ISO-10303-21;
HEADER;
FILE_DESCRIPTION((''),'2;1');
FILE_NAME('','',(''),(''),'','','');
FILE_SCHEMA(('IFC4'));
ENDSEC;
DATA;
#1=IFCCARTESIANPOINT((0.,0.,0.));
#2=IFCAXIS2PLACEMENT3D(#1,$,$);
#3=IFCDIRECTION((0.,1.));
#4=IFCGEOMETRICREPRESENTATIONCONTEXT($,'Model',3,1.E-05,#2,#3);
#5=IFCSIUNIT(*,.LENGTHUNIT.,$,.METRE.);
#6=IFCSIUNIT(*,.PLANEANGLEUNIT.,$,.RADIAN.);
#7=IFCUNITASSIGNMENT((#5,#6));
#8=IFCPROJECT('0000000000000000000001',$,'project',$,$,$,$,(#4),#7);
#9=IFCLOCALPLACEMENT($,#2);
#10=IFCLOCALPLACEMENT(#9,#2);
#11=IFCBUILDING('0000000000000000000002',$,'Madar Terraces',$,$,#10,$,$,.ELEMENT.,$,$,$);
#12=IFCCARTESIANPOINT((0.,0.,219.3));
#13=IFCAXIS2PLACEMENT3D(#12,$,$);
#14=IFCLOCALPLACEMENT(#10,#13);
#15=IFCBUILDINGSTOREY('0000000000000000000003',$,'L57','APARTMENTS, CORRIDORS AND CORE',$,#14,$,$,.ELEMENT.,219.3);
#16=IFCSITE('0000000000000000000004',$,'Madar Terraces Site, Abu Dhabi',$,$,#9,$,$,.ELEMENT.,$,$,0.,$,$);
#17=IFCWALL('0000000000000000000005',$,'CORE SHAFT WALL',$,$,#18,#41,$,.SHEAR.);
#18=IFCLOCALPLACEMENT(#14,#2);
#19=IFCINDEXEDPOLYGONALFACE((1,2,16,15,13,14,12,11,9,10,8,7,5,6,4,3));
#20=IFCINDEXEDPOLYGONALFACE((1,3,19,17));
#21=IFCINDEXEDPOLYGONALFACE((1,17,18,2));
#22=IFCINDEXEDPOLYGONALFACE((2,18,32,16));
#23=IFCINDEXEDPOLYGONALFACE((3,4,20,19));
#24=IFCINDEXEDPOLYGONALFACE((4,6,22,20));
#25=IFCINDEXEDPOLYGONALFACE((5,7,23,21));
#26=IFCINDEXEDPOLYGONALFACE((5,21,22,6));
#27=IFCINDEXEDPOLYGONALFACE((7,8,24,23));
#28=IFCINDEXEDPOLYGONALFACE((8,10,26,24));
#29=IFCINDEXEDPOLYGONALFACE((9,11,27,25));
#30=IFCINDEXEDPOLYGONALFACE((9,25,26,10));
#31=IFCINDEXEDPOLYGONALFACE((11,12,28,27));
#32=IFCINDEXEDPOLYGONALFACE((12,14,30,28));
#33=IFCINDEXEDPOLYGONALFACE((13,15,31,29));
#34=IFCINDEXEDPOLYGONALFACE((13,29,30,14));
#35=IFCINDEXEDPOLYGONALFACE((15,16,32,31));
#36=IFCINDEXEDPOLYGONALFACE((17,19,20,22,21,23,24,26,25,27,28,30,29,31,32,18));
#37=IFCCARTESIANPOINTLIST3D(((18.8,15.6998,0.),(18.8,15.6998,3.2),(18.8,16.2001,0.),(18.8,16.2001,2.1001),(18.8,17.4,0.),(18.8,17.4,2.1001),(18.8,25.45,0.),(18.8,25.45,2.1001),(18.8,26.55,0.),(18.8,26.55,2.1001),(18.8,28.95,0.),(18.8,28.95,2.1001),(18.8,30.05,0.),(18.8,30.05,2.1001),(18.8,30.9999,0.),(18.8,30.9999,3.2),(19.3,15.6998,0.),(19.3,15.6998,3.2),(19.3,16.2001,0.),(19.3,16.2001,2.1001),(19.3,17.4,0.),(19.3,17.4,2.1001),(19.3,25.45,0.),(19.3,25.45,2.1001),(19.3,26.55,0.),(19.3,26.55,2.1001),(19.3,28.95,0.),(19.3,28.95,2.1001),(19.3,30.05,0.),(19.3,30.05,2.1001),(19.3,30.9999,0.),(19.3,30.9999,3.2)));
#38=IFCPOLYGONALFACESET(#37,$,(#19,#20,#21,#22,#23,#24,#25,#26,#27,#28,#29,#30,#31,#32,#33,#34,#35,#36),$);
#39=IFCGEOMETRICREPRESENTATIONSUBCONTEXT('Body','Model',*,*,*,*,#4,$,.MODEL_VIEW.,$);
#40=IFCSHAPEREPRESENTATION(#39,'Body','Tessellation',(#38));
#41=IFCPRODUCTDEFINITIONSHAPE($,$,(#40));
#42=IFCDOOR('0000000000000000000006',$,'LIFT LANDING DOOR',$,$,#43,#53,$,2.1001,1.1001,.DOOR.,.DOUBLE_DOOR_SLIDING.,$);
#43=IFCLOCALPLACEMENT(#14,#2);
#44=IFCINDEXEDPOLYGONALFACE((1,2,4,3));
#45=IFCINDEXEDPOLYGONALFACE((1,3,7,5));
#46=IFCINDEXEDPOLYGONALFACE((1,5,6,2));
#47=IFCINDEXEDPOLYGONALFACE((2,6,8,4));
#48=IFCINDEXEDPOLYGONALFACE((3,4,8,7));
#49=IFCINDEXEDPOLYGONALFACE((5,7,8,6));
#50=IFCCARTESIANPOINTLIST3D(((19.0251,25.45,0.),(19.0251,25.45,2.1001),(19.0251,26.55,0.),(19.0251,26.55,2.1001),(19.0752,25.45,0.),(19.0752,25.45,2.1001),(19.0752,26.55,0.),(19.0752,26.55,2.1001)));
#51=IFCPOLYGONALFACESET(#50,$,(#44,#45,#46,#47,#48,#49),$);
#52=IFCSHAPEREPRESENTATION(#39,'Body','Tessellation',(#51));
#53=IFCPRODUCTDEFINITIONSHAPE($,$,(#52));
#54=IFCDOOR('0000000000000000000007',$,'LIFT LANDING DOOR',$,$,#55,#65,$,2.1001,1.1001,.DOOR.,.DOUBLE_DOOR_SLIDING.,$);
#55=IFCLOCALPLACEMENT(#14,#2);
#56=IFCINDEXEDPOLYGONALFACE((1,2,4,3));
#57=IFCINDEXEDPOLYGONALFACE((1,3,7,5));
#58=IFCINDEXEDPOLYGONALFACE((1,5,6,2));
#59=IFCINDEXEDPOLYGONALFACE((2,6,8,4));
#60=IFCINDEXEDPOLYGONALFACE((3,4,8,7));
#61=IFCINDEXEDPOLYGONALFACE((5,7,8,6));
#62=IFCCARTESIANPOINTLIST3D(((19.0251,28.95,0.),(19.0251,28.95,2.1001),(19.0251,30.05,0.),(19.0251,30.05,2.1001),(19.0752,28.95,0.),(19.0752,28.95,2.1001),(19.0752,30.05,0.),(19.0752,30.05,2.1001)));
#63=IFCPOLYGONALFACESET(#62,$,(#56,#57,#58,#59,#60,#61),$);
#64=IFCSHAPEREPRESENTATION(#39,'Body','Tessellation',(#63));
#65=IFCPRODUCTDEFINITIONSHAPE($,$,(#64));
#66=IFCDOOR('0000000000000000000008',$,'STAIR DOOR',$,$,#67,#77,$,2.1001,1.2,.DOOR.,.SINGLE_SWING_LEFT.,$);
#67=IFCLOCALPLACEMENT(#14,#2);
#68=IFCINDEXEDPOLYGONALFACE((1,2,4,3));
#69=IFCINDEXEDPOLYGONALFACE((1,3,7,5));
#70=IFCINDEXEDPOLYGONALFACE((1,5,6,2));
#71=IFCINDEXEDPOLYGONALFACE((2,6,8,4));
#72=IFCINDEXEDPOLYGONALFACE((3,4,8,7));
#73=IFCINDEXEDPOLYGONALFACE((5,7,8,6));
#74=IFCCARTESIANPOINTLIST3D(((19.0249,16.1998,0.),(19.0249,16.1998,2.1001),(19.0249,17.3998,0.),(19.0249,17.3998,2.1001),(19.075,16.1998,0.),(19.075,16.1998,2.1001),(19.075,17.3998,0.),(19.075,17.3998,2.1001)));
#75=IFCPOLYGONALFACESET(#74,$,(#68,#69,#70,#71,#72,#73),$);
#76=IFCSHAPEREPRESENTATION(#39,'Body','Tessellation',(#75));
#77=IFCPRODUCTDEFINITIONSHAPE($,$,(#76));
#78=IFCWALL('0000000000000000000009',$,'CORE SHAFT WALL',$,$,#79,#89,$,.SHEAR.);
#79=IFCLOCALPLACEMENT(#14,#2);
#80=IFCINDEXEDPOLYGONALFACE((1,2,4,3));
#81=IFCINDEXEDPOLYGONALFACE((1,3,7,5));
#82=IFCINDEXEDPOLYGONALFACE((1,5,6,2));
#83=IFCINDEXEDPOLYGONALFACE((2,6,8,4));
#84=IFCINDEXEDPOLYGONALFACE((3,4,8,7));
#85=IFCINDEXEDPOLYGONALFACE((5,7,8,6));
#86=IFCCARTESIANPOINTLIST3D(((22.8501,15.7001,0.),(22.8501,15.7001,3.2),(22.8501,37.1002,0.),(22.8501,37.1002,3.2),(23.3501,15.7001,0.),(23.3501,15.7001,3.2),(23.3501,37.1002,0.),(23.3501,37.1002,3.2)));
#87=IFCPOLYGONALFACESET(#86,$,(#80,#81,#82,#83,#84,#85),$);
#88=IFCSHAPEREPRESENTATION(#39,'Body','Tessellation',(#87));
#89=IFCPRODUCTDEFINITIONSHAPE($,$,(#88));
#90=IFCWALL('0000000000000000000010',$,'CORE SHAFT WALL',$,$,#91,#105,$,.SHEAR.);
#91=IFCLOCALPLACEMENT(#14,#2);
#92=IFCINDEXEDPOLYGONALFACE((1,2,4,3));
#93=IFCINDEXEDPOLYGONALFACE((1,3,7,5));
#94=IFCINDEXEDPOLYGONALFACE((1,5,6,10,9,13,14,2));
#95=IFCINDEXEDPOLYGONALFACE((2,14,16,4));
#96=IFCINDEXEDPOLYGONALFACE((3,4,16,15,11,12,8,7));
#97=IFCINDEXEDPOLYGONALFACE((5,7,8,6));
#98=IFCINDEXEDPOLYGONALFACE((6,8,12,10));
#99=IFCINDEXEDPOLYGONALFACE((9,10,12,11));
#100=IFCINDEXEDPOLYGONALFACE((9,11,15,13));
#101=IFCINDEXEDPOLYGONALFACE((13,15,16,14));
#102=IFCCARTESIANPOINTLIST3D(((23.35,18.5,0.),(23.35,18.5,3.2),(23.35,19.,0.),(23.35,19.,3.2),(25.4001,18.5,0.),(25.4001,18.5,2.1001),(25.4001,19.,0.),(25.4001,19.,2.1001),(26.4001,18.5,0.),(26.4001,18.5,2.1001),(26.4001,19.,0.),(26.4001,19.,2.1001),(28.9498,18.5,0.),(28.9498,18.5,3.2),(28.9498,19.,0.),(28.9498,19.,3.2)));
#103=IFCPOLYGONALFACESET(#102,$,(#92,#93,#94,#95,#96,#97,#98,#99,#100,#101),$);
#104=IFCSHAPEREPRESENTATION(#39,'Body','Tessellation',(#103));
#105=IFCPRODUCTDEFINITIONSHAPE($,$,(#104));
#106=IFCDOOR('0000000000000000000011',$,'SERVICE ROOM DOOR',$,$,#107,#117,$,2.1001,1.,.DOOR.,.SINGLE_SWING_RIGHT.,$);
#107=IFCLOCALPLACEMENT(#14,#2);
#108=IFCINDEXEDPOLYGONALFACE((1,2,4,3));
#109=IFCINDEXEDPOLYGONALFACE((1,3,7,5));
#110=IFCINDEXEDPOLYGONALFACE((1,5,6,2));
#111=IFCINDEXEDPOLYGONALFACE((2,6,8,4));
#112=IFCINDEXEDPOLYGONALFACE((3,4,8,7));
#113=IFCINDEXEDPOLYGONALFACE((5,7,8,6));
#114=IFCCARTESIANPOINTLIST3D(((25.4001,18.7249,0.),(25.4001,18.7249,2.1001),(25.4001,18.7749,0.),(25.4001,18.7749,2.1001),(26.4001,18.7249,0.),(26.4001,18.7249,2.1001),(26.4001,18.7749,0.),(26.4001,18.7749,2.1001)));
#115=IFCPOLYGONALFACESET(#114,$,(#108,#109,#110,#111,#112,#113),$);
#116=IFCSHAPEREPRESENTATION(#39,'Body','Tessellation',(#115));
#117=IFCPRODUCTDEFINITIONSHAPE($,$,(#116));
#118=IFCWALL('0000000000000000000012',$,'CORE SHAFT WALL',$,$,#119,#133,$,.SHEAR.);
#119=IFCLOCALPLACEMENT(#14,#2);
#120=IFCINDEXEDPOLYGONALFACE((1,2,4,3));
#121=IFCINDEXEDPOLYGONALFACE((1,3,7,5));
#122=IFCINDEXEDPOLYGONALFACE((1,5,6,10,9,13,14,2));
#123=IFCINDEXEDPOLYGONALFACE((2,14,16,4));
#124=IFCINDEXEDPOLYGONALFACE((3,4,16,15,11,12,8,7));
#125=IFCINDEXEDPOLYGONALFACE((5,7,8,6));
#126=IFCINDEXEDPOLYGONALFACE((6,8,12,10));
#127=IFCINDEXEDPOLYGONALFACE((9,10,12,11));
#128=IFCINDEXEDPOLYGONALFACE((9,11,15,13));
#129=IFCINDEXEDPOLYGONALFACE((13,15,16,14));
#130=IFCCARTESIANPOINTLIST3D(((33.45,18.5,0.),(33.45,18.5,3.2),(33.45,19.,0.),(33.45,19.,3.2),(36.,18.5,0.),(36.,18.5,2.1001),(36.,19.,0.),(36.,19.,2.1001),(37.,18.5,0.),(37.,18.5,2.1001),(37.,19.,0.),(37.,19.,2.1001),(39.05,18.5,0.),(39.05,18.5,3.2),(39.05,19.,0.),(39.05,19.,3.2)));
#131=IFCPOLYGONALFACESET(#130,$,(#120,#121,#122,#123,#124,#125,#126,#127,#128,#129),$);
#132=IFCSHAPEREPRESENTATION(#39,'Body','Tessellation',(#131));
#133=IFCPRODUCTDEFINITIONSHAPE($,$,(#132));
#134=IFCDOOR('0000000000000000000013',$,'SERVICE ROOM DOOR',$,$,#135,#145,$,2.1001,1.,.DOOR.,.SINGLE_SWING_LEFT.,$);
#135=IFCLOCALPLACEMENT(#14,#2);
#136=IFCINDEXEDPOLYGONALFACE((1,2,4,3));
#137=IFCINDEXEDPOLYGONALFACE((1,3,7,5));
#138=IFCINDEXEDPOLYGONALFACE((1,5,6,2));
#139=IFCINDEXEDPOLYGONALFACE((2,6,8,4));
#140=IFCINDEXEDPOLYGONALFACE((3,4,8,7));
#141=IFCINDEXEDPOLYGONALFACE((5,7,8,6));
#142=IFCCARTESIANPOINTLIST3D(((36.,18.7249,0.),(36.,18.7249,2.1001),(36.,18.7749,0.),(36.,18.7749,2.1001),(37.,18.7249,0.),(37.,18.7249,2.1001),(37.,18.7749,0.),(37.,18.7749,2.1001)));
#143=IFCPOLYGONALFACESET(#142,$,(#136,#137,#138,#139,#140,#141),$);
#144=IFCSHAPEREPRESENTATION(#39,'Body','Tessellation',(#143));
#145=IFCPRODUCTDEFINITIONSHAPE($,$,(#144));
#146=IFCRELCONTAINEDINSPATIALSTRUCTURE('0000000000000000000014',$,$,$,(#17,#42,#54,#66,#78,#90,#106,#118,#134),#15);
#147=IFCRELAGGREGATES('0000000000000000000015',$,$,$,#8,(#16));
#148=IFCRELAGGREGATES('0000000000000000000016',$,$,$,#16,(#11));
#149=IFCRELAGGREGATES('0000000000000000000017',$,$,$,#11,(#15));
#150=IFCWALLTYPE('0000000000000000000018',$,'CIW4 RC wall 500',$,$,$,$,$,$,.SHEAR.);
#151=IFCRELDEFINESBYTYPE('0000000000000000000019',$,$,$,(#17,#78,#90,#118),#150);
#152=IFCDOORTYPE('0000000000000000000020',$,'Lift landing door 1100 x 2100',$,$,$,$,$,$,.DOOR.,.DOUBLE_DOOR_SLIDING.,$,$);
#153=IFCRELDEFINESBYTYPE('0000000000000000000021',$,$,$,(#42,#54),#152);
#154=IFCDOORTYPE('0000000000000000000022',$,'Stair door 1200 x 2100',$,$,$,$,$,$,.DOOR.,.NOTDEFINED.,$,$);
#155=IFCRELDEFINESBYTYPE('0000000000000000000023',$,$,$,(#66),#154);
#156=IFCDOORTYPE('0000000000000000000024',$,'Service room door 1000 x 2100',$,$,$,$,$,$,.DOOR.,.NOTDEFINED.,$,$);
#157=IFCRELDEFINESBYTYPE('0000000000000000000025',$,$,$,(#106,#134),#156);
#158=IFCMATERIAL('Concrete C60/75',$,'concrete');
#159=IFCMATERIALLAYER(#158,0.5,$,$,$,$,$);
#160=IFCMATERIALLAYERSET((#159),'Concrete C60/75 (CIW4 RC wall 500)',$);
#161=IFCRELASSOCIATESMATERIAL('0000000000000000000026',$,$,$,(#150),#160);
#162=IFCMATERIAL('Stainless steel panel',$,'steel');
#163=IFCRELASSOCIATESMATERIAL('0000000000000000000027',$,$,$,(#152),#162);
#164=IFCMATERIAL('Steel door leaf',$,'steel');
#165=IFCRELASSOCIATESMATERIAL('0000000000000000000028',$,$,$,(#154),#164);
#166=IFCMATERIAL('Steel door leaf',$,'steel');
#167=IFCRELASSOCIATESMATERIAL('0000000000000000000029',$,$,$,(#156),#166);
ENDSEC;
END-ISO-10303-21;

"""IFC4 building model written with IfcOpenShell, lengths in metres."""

from ifc_helpers import new_model, si_unit, direction, frame, frame_2d, origin, place, context, subcontext, project, spatial, rectangle, extrude, material, layer, layer_set, type_object, element, fill, save


model = new_model("IFC4")

# Units and contexts
model_context = context("Model", 3, precision=1e-05, world=origin(), true_north=direction((0.0, 1.0)))
body_context = subcontext(model_context, "Body", "Model", "MODEL_VIEW")
ifc_project = project(units=[si_unit("LENGTHUNIT", "METRE"), si_unit("PLANEANGLEUNIT", "RADIAN")], contexts=[model_context])

# Site, building, storey
site_placement = place(None, origin())
site = spatial("IfcSite", under=ifc_project, at=site_placement, Name="Madar Terraces Site, Abu Dhabi", CompositionType="ELEMENT", RefElevation=0.0)
building_placement = place(site_placement, origin())
building = spatial("IfcBuilding", under=site, at=building_placement, Name="Madar Terraces", CompositionType="ELEMENT")
storey_placement = place(building_placement, frame((0.0, 0.0, 219.3)))
storey = spatial("IfcBuildingStorey", under=building, at=storey_placement, Name="L57", Description="APARTMENTS, CORRIDORS AND CORE", CompositionType="ELEMENT", Elevation=219.3)

# Wall, openings, doors
ifc_material_1 = material(Name="Concrete C60/75", Category="concrete")
ifc_layer_1 = layer(ifc_material_1, 0.5)
ifc_layer_set_1 = layer_set([ifc_layer_1], Name="Concrete C60/75 (CIW4 RC wall 500)")
wall_type_1 = type_object("IfcWallType", Name="CIW4 RC wall 500", PredefinedType="SHEAR", material=ifc_layer_set_1)
wall_1_placement = place(storey_placement, frame((19.05, 15.7, 0.0), z_axis=(0.0, 0.0, 1.0), x_axis=(0.0, 1.0, 0.0)))
wall_1 = element("IfcWall", 1, at=wall_1_placement, inside=storey, type_object=wall_type_1, Name="CORE SHAFT WALL", PredefinedType="SHEAR", context=body_context, shape_type="SweptSolid", body=[
    extrude(rectangle(XDim=15.3, YDim=0.5, at=frame_2d((7.6499, 0.0))), origin(), (0.0, 0.0, 1.0), 3.2),
])
opening_1_placement = place(wall_1_placement, frame((9.75, 0.0, 0.0)))
opening_1 = element("IfcOpeningElement", 2, at=opening_1_placement, cuts=wall_1, PredefinedType="OPENING", context=body_context, shape_type="SweptSolid", body=[
    extrude(rectangle(XDim=1.1001, YDim=2.1001, at=frame_2d((0.55, 1.05))), frame((0.0, 0.26, 0.0), z_axis=(0.0, -1.0, 0.0), x_axis=(1.0, 0.0, 0.0)), (0.0, 0.0, 1.0), 0.52),
])
opening_2_placement = place(wall_1_placement, frame((13.25, 0.0, 0.0)))
opening_2 = element("IfcOpeningElement", 3, at=opening_2_placement, cuts=wall_1, PredefinedType="OPENING", context=body_context, shape_type="SweptSolid", body=[
    extrude(rectangle(XDim=1.1001, YDim=2.1001, at=frame_2d((0.55, 1.05))), frame((0.0, 0.26, 0.0), z_axis=(0.0, -1.0, 0.0), x_axis=(1.0, 0.0, 0.0)), (0.0, 0.0, 1.0), 0.52),
])
opening_3_placement = place(wall_1_placement, frame((0.5, 0.0, 0.0)))
opening_3 = element("IfcOpeningElement", 4, at=opening_3_placement, cuts=wall_1, PredefinedType="OPENING", context=body_context, shape_type="SweptSolid", body=[
    extrude(rectangle(XDim=1.2, YDim=2.1001, at=frame_2d((0.6001, 1.05))), frame((0.0, 0.26, 0.0), z_axis=(0.0, -1.0, 0.0), x_axis=(1.0, 0.0, 0.0)), (0.0, 0.0, 1.0), 0.52),
])
ifc_material_2 = material(Name="Stainless steel panel", Category="steel")
door_type_1 = type_object("IfcDoorType", Name="Lift landing door 1100 x 2100", OperationType="DOUBLE_DOOR_SLIDING", PredefinedType="DOOR", material=ifc_material_2)
door_1_placement = place(opening_1_placement, origin())
door_1 = element("IfcDoor", 5, at=door_1_placement, inside=storey, type_object=door_type_1, Name="LIFT LANDING DOOR", OperationType="DOUBLE_DOOR_SLIDING", OverallHeight=2.1001, OverallWidth=1.1001, PredefinedType="DOOR", context=body_context, shape_type="SweptSolid", body=[
    extrude(rectangle(XDim=1.1001, YDim=2.1001, at=frame_2d((0.55, 1.05))), frame((0.0, 0.0249, 0.0), z_axis=(0.0, -1.0, 0.0), x_axis=(1.0, 0.0, 0.0)), (0.0, 0.0, 1.0), 0.05),
])
fill(opening_1, door_1)
door_2_placement = place(opening_2_placement, origin())
door_2 = element("IfcDoor", 6, at=door_2_placement, inside=storey, type_object=door_type_1, Name="LIFT LANDING DOOR", OperationType="DOUBLE_DOOR_SLIDING", OverallHeight=2.1001, OverallWidth=1.1001, PredefinedType="DOOR", context=body_context, shape_type="SweptSolid", body=[
    extrude(rectangle(XDim=1.1001, YDim=2.1001, at=frame_2d((0.55, 1.05))), frame((0.0, 0.0249, 0.0), z_axis=(0.0, -1.0, 0.0), x_axis=(1.0, 0.0, 0.0)), (0.0, 0.0, 1.0), 0.05),
])
fill(opening_2, door_2)
ifc_material_3 = material(Name="Steel door leaf", Category="steel")
door_type_2 = type_object("IfcDoorType", Name="Stair door 1200 x 2100", OperationType="NOTDEFINED", PredefinedType="DOOR", material=ifc_material_3)
door_3_placement = place(opening_3_placement, frame((1.2, 0.0, 0.0), z_axis=(0.0, 0.0, 1.0), x_axis=(-1.0, 0.0, 0.0)))
door_3 = element("IfcDoor", 7, at=door_3_placement, inside=storey, type_object=door_type_2, Name="STAIR DOOR", OperationType="SINGLE_SWING_LEFT", OverallHeight=2.1001, OverallWidth=1.2, PredefinedType="DOOR", context=body_context, shape_type="SweptSolid", body=[
    extrude(rectangle(XDim=1.2, YDim=2.1001, at=frame_2d((0.6001, 1.05))), frame((0.0, 0.0249, 0.0), z_axis=(0.0, -1.0, 0.0), x_axis=(1.0, 0.0, 0.0)), (0.0, 0.0, 1.0), 0.05),
])
fill(opening_3, door_3)

# Wall
wall_2_placement = place(storey_placement, frame((23.1001, 15.7, 0.0), z_axis=(0.0, 0.0, 1.0), x_axis=(0.0, 1.0, 0.0)))
element("IfcWall", 8, at=wall_2_placement, inside=storey, type_object=wall_type_1, Name="CORE SHAFT WALL", PredefinedType="SHEAR", context=body_context, shape_type="SweptSolid", body=[
    extrude(rectangle(XDim=21.4001, YDim=0.5, at=frame_2d((10.7002, 0.0))), origin(), (0.0, 0.0, 1.0), 3.2),
])

# Walls, openings, doors
wall_3_placement = place(storey_placement, frame((23.3501, 18.75, 0.0), z_axis=(0.0, 0.0, 1.0), x_axis=(1.0, 0.0, 0.0)))
wall_3 = element("IfcWall", 9, at=wall_3_placement, inside=storey, type_object=wall_type_1, Name="CORE SHAFT WALL", PredefinedType="SHEAR", context=body_context, shape_type="SweptSolid", body=[
    extrude(rectangle(XDim=5.5999, YDim=0.5, at=frame_2d((2.7998, 0.0))), origin(), (0.0, 0.0, 1.0), 3.2),
])
opening_4_placement = place(wall_3_placement, frame((2.05, 0.0, 0.0)))
opening_4 = element("IfcOpeningElement", 10, at=opening_4_placement, cuts=wall_3, PredefinedType="OPENING", context=body_context, shape_type="SweptSolid", body=[
    extrude(rectangle(XDim=1.0, YDim=2.1001, at=frame_2d((0.5, 1.05))), frame((0.0, 0.26, 0.0), z_axis=(0.0, -1.0, 0.0), x_axis=(1.0, 0.0, 0.0)), (0.0, 0.0, 1.0), 0.52),
])
ifc_material_4 = material(Name="Steel door leaf", Category="steel")
door_type_3 = type_object("IfcDoorType", Name="Service room door 1000 x 2100", OperationType="NOTDEFINED", PredefinedType="DOOR", material=ifc_material_4)
door_4_placement = place(opening_4_placement, origin())
door_4 = element("IfcDoor", 11, at=door_4_placement, inside=storey, type_object=door_type_3, Name="SERVICE ROOM DOOR", OperationType="SINGLE_SWING_RIGHT", OverallHeight=2.1001, OverallWidth=1.0, PredefinedType="DOOR", context=body_context, shape_type="SweptSolid", body=[
    extrude(rectangle(XDim=1.0, YDim=2.1001, at=frame_2d((0.5, 1.05))), frame((0.0, 0.0249, 0.0), z_axis=(0.0, -1.0, 0.0), x_axis=(1.0, 0.0, 0.0)), (0.0, 0.0, 1.0), 0.05),
])
fill(opening_4, door_4)
wall_4_placement = place(storey_placement, frame((33.45, 18.75, 0.0), z_axis=(0.0, 0.0, 1.0), x_axis=(1.0, 0.0, 0.0)))
wall_4 = element("IfcWall", 12, at=wall_4_placement, inside=storey, type_object=wall_type_1, Name="CORE SHAFT WALL", PredefinedType="SHEAR", context=body_context, shape_type="SweptSolid", body=[
    extrude(rectangle(XDim=5.6001, YDim=0.5, at=frame_2d((2.8, 0.0))), origin(), (0.0, 0.0, 1.0), 3.2),
])
opening_5_placement = place(wall_4_placement, frame((2.55, 0.0, 0.0)))
opening_5 = element("IfcOpeningElement", 13, at=opening_5_placement, cuts=wall_4, PredefinedType="OPENING", context=body_context, shape_type="SweptSolid", body=[
    extrude(rectangle(XDim=1.0, YDim=2.1001, at=frame_2d((0.5, 1.05))), frame((0.0, 0.26, 0.0), z_axis=(0.0, -1.0, 0.0), x_axis=(1.0, 0.0, 0.0)), (0.0, 0.0, 1.0), 0.52),
])
door_5_placement = place(opening_5_placement, origin())
door_5 = element("IfcDoor", 14, at=door_5_placement, inside=storey, type_object=door_type_3, Name="SERVICE ROOM DOOR", OperationType="SINGLE_SWING_LEFT", OverallHeight=2.1001, OverallWidth=1.0, PredefinedType="DOOR", context=body_context, shape_type="SweptSolid", body=[
    extrude(rectangle(XDim=1.0, YDim=2.1001, at=frame_2d((0.5, 1.05))), frame((0.0, 0.0249, 0.0), z_axis=(0.0, -1.0, 0.0), x_axis=(1.0, 0.0, 0.0)), (0.0, 0.0, 1.0), 0.05),
])
fill(opening_5, door_5)

save(model, "model.ifc")
